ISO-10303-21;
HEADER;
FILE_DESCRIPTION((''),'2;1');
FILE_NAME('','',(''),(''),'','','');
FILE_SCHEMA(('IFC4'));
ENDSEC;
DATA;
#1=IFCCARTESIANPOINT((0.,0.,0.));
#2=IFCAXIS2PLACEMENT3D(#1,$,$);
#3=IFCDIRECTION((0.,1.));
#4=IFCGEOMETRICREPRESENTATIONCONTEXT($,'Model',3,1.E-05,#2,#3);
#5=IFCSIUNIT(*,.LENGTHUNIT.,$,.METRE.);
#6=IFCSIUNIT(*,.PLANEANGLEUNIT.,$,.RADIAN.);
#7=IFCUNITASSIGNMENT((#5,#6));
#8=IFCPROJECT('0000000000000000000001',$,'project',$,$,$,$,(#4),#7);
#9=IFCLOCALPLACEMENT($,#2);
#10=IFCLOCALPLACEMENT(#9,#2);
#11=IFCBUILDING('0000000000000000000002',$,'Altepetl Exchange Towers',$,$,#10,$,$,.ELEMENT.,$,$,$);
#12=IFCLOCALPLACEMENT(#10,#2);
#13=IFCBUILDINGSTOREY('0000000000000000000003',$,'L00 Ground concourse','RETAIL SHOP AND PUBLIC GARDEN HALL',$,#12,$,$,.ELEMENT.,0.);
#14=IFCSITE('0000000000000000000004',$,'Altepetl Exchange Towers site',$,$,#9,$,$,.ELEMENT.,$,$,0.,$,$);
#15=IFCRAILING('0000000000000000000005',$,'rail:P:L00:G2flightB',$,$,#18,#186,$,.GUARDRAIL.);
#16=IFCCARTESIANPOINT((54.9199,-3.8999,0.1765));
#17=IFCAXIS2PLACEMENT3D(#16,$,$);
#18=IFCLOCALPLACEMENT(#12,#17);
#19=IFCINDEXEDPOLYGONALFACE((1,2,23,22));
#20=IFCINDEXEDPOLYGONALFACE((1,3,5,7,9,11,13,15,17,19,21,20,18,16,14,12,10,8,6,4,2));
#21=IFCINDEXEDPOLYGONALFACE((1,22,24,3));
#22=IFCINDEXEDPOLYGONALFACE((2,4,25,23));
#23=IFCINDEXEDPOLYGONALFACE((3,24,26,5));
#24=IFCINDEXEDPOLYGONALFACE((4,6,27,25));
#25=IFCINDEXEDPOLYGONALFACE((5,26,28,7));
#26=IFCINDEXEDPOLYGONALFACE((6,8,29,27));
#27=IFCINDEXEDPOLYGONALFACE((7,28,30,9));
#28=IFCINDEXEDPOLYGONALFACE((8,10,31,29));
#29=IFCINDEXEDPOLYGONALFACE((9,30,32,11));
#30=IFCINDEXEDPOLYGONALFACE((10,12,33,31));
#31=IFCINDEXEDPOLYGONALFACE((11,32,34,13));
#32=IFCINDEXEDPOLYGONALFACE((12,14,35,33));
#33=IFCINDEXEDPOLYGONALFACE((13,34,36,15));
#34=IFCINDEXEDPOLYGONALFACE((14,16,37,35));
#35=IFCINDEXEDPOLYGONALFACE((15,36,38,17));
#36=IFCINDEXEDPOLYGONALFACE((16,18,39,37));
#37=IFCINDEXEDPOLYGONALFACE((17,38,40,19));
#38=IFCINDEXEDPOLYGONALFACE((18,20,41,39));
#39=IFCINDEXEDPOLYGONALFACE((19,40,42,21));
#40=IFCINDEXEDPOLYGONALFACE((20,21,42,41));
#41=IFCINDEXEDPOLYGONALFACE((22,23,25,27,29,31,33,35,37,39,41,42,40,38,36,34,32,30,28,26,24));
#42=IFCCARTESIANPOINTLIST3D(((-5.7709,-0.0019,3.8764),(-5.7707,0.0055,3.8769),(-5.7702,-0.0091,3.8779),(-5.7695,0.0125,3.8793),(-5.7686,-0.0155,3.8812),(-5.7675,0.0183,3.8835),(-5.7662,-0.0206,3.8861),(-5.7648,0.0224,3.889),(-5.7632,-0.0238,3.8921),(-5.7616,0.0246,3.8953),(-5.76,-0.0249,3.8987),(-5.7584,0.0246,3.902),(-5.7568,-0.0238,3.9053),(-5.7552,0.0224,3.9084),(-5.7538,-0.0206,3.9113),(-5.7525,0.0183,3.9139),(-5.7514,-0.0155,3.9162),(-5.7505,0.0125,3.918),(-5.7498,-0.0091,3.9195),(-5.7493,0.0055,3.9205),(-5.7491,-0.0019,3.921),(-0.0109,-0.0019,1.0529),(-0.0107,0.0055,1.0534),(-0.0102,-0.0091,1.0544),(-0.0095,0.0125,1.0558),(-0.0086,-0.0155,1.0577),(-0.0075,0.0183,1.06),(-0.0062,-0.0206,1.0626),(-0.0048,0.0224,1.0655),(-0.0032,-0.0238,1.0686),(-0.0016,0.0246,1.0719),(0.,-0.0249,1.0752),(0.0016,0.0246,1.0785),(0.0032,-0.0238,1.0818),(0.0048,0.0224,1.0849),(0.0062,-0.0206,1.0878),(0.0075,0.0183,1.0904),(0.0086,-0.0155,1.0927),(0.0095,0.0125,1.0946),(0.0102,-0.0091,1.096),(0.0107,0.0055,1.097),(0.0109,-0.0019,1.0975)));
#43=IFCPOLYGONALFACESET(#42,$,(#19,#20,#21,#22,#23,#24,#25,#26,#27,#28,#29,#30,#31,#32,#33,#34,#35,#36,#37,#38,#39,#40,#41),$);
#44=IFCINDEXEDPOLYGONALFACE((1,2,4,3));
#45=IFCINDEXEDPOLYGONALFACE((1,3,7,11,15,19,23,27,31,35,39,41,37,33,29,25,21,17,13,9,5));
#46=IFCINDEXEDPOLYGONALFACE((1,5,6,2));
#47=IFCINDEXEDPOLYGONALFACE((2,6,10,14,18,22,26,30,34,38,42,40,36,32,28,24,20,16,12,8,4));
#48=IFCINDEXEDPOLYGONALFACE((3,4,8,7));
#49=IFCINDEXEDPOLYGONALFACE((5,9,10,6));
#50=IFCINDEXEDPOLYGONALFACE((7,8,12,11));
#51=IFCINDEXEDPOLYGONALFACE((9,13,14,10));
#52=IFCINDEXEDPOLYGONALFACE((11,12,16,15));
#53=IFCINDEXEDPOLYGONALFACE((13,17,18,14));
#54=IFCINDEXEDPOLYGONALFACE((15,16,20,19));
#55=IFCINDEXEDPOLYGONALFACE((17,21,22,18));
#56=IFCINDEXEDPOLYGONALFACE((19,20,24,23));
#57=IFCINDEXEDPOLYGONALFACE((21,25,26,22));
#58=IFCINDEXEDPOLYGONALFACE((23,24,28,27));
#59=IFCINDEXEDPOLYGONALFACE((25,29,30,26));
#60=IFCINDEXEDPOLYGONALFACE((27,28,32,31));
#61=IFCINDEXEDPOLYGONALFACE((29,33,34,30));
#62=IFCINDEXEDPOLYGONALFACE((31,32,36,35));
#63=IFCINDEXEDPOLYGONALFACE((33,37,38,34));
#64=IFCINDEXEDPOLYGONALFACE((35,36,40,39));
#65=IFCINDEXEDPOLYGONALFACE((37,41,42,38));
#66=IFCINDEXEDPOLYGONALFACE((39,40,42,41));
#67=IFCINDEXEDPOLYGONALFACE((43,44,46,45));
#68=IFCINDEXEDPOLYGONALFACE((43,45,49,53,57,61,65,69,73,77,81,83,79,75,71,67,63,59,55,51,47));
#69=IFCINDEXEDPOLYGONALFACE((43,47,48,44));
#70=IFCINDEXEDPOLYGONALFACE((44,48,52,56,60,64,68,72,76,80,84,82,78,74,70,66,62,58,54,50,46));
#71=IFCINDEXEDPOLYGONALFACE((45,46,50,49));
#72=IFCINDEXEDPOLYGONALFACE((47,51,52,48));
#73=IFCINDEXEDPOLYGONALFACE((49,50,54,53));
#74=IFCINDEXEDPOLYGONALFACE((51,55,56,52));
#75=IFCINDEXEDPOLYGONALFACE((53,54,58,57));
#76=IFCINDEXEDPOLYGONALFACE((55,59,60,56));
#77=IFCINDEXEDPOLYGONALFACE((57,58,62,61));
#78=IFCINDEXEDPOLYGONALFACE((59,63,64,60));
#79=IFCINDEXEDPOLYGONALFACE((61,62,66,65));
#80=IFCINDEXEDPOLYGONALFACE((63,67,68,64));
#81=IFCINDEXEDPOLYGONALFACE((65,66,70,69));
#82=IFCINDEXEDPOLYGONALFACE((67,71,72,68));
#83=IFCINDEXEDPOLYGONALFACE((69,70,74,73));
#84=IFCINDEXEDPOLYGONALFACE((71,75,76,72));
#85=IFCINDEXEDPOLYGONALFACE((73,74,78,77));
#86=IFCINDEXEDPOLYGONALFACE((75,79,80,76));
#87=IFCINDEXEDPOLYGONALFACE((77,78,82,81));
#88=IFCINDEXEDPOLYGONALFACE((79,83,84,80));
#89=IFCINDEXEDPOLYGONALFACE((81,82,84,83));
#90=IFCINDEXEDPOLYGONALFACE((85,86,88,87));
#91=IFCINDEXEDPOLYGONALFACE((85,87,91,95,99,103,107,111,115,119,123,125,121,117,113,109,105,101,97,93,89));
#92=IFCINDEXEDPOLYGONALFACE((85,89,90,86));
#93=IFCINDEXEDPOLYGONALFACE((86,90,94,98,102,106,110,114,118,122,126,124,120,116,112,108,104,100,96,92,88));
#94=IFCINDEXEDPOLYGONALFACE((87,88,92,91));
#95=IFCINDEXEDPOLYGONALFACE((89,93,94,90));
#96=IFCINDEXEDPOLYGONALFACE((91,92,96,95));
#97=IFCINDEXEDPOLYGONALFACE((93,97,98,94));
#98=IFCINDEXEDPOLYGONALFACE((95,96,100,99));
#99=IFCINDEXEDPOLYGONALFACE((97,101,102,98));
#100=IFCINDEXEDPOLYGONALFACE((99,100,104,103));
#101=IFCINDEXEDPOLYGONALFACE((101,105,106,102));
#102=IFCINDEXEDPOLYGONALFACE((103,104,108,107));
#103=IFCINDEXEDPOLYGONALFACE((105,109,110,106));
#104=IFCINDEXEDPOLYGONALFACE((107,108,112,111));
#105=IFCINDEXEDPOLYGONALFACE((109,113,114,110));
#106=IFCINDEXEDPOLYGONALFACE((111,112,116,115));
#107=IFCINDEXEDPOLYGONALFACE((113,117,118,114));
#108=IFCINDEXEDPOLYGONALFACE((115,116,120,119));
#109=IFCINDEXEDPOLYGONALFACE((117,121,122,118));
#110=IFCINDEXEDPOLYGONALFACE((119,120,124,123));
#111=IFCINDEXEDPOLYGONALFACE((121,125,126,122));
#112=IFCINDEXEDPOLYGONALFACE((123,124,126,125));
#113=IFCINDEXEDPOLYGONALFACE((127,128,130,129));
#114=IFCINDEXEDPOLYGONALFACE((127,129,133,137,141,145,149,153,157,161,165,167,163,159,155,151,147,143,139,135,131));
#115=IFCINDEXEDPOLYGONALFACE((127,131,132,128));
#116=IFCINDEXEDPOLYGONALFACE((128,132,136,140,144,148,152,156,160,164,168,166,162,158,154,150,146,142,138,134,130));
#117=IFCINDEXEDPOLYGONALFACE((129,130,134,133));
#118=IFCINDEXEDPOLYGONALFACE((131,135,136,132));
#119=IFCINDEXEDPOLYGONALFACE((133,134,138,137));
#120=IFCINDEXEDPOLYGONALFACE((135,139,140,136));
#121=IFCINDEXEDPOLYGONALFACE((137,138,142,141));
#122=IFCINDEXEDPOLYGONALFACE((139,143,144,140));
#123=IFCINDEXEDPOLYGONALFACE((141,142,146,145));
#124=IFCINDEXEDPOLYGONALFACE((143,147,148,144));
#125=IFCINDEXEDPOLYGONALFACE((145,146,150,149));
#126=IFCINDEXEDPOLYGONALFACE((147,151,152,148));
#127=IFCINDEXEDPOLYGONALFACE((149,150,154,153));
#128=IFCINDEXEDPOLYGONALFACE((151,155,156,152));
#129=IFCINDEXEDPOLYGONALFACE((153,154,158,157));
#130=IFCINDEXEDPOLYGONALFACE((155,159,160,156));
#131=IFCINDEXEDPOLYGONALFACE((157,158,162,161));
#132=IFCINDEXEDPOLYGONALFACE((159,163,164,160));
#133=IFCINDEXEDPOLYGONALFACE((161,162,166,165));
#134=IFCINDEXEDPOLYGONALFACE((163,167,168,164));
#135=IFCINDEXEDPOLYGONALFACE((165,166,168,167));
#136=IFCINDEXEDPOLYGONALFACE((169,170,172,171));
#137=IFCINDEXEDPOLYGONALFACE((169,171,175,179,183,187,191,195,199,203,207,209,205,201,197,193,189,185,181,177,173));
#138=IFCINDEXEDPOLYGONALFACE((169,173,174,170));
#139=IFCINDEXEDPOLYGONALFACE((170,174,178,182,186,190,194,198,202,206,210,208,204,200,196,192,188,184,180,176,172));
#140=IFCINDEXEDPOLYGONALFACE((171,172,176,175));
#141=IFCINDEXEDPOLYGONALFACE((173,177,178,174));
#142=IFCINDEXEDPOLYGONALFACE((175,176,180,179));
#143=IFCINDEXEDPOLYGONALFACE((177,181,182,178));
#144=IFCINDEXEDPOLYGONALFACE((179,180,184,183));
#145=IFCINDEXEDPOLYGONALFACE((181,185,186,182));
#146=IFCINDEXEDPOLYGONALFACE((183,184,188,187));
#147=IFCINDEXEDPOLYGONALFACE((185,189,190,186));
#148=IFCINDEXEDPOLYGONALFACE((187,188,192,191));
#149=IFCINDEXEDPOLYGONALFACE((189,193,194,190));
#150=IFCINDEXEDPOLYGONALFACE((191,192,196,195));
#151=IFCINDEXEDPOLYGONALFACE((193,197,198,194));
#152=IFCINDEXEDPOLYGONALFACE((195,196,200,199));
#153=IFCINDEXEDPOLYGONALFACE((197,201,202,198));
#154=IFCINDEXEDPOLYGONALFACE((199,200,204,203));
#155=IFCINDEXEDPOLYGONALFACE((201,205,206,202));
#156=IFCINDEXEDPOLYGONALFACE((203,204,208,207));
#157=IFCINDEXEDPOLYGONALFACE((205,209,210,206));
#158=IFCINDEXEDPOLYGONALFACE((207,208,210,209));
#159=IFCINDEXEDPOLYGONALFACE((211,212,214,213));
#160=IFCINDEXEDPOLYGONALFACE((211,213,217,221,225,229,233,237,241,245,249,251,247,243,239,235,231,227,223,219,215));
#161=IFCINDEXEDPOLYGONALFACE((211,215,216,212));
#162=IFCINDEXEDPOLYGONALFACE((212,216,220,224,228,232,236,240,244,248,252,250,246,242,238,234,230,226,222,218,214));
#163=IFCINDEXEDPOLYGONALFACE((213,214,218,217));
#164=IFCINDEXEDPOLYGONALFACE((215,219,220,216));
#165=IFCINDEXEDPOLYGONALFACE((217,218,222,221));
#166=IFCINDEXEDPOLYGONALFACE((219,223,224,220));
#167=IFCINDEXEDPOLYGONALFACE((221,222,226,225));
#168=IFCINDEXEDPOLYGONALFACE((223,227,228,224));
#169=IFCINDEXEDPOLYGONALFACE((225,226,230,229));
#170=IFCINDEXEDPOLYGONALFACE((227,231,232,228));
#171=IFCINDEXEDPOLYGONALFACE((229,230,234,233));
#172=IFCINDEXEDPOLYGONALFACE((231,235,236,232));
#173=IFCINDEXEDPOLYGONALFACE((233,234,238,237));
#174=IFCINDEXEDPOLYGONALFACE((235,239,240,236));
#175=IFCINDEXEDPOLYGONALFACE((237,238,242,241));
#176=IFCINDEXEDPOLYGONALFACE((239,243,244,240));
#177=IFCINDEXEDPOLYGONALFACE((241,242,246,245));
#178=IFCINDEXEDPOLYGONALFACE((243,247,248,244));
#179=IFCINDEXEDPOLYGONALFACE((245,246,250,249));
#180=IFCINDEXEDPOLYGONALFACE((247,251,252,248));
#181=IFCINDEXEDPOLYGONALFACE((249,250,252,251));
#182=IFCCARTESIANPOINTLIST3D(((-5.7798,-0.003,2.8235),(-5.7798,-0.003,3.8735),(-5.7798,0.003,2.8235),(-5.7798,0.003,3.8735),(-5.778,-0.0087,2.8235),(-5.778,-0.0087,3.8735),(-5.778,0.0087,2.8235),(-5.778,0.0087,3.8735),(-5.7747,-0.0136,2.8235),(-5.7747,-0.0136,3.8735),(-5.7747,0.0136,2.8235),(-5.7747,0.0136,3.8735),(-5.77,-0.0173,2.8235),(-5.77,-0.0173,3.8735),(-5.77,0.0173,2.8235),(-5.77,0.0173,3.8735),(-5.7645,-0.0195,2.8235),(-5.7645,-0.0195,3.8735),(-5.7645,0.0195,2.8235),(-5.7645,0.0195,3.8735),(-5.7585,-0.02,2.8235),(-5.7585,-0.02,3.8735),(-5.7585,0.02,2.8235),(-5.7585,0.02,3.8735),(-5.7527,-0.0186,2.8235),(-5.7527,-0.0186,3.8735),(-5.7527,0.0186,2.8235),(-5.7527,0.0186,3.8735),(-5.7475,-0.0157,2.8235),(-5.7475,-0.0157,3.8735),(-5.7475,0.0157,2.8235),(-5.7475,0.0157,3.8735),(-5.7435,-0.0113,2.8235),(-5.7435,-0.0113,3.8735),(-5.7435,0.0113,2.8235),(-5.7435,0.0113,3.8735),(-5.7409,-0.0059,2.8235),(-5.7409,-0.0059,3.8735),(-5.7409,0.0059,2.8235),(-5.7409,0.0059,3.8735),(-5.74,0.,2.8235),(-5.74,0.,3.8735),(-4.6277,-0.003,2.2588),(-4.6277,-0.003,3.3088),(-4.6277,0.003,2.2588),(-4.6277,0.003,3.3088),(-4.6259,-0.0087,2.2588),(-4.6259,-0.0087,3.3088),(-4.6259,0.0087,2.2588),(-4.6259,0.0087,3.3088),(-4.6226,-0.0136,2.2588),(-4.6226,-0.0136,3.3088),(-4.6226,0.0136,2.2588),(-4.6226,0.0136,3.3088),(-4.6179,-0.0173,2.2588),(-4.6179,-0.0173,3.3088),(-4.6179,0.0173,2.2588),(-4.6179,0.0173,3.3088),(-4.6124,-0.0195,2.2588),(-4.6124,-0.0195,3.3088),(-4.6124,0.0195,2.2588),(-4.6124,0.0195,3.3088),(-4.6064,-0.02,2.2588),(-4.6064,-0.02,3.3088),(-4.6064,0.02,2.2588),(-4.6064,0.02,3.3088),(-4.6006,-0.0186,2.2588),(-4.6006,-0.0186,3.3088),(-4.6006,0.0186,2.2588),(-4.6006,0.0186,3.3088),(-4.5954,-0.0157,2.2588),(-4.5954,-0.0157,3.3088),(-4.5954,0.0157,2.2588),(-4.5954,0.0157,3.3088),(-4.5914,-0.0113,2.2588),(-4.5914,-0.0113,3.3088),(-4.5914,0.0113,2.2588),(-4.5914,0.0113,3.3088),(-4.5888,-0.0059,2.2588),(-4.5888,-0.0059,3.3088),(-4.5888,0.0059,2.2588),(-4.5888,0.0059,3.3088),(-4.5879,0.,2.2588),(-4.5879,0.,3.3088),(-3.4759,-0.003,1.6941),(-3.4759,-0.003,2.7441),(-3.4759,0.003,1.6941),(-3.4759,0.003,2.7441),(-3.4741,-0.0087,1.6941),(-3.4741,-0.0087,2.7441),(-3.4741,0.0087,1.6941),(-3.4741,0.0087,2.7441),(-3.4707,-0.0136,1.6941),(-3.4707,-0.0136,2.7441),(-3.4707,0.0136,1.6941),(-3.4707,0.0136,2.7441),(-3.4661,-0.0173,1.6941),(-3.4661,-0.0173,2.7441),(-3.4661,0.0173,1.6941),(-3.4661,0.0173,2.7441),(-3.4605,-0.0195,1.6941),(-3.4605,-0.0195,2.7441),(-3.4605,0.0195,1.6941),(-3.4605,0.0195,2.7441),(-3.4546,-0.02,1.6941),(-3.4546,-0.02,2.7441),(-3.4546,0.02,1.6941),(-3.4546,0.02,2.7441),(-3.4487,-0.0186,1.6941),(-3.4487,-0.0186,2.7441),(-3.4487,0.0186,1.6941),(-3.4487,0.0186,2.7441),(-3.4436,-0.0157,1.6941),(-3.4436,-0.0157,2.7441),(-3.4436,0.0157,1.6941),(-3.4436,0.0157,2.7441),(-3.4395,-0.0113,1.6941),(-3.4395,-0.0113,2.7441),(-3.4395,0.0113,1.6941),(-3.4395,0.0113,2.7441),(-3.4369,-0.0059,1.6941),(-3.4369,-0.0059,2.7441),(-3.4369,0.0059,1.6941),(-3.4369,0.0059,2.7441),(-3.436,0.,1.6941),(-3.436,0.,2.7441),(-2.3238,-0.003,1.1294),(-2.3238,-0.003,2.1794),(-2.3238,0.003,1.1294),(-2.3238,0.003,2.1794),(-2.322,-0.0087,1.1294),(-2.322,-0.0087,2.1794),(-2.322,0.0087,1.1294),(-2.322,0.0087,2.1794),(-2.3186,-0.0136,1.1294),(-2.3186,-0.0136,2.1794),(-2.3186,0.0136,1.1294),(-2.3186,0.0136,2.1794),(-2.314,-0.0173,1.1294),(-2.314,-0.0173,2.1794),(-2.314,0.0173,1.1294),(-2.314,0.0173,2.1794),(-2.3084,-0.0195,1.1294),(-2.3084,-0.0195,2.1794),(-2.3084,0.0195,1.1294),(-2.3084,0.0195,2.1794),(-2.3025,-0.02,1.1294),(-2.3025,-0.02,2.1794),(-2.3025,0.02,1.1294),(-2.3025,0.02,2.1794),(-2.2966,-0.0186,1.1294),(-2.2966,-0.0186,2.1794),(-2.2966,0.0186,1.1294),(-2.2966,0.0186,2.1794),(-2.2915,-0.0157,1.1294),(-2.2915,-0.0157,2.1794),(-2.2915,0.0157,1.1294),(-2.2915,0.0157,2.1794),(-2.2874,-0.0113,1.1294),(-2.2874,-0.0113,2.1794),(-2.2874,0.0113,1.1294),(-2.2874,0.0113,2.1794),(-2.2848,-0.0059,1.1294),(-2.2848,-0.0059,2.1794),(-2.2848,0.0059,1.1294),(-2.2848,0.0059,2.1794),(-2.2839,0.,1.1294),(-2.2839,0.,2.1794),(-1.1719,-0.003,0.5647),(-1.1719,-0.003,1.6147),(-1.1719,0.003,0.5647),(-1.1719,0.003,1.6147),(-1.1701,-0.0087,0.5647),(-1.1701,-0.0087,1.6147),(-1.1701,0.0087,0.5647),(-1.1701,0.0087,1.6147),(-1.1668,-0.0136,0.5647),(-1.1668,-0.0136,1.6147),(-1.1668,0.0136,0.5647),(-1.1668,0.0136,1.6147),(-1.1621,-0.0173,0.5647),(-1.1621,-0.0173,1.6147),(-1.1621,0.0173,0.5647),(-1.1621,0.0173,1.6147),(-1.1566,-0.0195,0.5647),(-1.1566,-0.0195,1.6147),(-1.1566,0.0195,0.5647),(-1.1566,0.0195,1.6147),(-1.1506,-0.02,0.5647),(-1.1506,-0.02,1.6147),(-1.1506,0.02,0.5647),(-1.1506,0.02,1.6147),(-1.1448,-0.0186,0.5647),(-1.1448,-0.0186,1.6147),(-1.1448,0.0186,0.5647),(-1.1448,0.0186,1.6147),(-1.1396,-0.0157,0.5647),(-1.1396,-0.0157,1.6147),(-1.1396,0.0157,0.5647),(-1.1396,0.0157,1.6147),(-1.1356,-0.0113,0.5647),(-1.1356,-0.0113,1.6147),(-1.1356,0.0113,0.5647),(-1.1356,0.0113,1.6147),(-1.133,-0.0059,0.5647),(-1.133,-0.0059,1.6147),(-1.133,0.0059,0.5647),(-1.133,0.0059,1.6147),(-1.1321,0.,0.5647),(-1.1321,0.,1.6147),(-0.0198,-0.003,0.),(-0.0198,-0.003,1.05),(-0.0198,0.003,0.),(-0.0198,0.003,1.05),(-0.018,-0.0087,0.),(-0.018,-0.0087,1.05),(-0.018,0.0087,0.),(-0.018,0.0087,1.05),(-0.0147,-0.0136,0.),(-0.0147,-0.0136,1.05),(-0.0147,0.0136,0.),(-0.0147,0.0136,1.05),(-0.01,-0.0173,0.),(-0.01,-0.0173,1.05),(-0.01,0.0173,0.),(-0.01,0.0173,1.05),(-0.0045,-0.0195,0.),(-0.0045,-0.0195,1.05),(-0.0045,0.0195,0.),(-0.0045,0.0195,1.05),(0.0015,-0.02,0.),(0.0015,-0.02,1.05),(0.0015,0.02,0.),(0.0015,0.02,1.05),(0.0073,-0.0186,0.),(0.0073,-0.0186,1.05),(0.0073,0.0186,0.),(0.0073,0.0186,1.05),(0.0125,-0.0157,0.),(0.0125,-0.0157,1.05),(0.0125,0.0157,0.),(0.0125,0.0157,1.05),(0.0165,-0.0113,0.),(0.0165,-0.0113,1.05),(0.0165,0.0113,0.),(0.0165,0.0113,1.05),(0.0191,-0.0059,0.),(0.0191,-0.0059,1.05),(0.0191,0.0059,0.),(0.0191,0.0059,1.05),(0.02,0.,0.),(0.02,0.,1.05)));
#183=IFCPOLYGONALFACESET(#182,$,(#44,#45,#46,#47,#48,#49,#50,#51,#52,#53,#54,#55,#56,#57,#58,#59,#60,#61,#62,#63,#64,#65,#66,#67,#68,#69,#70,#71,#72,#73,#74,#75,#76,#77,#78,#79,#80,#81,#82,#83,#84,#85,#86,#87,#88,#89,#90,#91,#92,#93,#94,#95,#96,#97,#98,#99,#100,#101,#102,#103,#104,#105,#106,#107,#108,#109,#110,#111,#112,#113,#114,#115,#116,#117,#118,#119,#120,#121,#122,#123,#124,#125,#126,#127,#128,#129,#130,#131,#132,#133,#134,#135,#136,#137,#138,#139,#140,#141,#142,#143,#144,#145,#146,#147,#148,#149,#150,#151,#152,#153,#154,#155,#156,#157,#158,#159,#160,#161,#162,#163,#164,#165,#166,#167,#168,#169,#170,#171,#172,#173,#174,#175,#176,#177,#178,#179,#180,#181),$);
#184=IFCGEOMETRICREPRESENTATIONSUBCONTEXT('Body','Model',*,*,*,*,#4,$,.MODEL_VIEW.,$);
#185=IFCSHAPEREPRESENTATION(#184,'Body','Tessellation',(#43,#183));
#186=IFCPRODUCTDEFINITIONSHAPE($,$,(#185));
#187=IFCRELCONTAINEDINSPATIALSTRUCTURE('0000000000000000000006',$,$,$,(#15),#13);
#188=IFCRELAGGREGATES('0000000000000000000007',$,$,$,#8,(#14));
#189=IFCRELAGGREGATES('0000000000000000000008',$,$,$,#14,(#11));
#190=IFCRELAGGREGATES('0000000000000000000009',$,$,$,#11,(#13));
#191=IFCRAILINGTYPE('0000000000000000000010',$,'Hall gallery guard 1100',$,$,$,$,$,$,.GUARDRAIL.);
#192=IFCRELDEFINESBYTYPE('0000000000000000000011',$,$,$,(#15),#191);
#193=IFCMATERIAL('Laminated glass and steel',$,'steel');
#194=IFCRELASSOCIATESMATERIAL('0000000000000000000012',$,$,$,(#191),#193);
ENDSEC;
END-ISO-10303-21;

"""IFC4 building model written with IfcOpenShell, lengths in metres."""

from ifc_helpers import new_model, si_unit, direction, frame, origin, origin_2d, place, context, subcontext, project, spatial, circle, extrude, source, transform, mapped, material, type_object, element, save


model = new_model("IFC4")

# Units and contexts
model_context = context("Model", 3, precision=1e-05, world=origin(), true_north=direction((0.0, 1.0)))
body_context = subcontext(model_context, "Body", "Model", "MODEL_VIEW")
ifc_project = project(units=[si_unit("LENGTHUNIT", "METRE"), si_unit("PLANEANGLEUNIT", "RADIAN")], contexts=[model_context])

# Site, building, storey
site_placement = place(None, origin())
site = spatial("IfcSite", under=ifc_project, at=site_placement, Name="Altepetl Exchange Towers site", CompositionType="ELEMENT", RefElevation=0.0)
building_placement = place(site_placement, origin())
building = spatial("IfcBuilding", under=site, at=building_placement, Name="Altepetl Exchange Towers", CompositionType="ELEMENT")
storey_placement = place(building_placement, origin())
storey = spatial("IfcBuildingStorey", under=building, at=storey_placement, Name="L00 Ground concourse", Description="RETAIL SHOP AND PUBLIC GARDEN HALL", CompositionType="ELEMENT", Elevation=0.0)

# Railing
ifc_material_1 = material(Name="Laminated glass and steel", Category="steel")
railing_type_1 = type_object("IfcRailingType", Name="Hall gallery guard 1100", PredefinedType="GUARDRAIL", material=ifc_material_1)
shared_shape_1 = source(origin(), body_context, "Body", "SweptSolid", [
    extrude(circle(Radius=0.02, at=origin_2d()), origin(), (0.0, 0.0, 1.0), 1.05),
])
for number, where, name in (
    (1, (54.9199, -3.8999, 0.1765), "rail:P:L00:G2flightB"),
):
    element("IfcRailing", number, at=place(storey_placement, frame(where)), inside=storey, type_object=railing_type_1, Name=name, PredefinedType="GUARDRAIL", context=body_context, shape_type="SweptSolid", body=[
        extrude(circle(Radius=0.0249, at=origin_2d()), frame((0.0, 0.0, 1.0752), z_axis=(-0.897924, 0.0, 0.440151), x_axis=(0.0, -1.0, 0.0)), (0.0, 0.0, 1.0), 6.4148),
        mapped(shared_shape_1, transform((0.0, 0.0, 0.0))),
        mapped(shared_shape_1, transform((-1.1521, 0.0, 0.5647))),
        mapped(shared_shape_1, transform((-2.304, 0.0, 1.1294))),
        mapped(shared_shape_1, transform((-3.4561, 0.0, 1.6941))),
        mapped(shared_shape_1, transform((-4.6079, 0.0, 2.2588))),
        mapped(shared_shape_1, transform((-5.76, 0.0, 2.8235))),
    ])

save(model, "model.ifc")
